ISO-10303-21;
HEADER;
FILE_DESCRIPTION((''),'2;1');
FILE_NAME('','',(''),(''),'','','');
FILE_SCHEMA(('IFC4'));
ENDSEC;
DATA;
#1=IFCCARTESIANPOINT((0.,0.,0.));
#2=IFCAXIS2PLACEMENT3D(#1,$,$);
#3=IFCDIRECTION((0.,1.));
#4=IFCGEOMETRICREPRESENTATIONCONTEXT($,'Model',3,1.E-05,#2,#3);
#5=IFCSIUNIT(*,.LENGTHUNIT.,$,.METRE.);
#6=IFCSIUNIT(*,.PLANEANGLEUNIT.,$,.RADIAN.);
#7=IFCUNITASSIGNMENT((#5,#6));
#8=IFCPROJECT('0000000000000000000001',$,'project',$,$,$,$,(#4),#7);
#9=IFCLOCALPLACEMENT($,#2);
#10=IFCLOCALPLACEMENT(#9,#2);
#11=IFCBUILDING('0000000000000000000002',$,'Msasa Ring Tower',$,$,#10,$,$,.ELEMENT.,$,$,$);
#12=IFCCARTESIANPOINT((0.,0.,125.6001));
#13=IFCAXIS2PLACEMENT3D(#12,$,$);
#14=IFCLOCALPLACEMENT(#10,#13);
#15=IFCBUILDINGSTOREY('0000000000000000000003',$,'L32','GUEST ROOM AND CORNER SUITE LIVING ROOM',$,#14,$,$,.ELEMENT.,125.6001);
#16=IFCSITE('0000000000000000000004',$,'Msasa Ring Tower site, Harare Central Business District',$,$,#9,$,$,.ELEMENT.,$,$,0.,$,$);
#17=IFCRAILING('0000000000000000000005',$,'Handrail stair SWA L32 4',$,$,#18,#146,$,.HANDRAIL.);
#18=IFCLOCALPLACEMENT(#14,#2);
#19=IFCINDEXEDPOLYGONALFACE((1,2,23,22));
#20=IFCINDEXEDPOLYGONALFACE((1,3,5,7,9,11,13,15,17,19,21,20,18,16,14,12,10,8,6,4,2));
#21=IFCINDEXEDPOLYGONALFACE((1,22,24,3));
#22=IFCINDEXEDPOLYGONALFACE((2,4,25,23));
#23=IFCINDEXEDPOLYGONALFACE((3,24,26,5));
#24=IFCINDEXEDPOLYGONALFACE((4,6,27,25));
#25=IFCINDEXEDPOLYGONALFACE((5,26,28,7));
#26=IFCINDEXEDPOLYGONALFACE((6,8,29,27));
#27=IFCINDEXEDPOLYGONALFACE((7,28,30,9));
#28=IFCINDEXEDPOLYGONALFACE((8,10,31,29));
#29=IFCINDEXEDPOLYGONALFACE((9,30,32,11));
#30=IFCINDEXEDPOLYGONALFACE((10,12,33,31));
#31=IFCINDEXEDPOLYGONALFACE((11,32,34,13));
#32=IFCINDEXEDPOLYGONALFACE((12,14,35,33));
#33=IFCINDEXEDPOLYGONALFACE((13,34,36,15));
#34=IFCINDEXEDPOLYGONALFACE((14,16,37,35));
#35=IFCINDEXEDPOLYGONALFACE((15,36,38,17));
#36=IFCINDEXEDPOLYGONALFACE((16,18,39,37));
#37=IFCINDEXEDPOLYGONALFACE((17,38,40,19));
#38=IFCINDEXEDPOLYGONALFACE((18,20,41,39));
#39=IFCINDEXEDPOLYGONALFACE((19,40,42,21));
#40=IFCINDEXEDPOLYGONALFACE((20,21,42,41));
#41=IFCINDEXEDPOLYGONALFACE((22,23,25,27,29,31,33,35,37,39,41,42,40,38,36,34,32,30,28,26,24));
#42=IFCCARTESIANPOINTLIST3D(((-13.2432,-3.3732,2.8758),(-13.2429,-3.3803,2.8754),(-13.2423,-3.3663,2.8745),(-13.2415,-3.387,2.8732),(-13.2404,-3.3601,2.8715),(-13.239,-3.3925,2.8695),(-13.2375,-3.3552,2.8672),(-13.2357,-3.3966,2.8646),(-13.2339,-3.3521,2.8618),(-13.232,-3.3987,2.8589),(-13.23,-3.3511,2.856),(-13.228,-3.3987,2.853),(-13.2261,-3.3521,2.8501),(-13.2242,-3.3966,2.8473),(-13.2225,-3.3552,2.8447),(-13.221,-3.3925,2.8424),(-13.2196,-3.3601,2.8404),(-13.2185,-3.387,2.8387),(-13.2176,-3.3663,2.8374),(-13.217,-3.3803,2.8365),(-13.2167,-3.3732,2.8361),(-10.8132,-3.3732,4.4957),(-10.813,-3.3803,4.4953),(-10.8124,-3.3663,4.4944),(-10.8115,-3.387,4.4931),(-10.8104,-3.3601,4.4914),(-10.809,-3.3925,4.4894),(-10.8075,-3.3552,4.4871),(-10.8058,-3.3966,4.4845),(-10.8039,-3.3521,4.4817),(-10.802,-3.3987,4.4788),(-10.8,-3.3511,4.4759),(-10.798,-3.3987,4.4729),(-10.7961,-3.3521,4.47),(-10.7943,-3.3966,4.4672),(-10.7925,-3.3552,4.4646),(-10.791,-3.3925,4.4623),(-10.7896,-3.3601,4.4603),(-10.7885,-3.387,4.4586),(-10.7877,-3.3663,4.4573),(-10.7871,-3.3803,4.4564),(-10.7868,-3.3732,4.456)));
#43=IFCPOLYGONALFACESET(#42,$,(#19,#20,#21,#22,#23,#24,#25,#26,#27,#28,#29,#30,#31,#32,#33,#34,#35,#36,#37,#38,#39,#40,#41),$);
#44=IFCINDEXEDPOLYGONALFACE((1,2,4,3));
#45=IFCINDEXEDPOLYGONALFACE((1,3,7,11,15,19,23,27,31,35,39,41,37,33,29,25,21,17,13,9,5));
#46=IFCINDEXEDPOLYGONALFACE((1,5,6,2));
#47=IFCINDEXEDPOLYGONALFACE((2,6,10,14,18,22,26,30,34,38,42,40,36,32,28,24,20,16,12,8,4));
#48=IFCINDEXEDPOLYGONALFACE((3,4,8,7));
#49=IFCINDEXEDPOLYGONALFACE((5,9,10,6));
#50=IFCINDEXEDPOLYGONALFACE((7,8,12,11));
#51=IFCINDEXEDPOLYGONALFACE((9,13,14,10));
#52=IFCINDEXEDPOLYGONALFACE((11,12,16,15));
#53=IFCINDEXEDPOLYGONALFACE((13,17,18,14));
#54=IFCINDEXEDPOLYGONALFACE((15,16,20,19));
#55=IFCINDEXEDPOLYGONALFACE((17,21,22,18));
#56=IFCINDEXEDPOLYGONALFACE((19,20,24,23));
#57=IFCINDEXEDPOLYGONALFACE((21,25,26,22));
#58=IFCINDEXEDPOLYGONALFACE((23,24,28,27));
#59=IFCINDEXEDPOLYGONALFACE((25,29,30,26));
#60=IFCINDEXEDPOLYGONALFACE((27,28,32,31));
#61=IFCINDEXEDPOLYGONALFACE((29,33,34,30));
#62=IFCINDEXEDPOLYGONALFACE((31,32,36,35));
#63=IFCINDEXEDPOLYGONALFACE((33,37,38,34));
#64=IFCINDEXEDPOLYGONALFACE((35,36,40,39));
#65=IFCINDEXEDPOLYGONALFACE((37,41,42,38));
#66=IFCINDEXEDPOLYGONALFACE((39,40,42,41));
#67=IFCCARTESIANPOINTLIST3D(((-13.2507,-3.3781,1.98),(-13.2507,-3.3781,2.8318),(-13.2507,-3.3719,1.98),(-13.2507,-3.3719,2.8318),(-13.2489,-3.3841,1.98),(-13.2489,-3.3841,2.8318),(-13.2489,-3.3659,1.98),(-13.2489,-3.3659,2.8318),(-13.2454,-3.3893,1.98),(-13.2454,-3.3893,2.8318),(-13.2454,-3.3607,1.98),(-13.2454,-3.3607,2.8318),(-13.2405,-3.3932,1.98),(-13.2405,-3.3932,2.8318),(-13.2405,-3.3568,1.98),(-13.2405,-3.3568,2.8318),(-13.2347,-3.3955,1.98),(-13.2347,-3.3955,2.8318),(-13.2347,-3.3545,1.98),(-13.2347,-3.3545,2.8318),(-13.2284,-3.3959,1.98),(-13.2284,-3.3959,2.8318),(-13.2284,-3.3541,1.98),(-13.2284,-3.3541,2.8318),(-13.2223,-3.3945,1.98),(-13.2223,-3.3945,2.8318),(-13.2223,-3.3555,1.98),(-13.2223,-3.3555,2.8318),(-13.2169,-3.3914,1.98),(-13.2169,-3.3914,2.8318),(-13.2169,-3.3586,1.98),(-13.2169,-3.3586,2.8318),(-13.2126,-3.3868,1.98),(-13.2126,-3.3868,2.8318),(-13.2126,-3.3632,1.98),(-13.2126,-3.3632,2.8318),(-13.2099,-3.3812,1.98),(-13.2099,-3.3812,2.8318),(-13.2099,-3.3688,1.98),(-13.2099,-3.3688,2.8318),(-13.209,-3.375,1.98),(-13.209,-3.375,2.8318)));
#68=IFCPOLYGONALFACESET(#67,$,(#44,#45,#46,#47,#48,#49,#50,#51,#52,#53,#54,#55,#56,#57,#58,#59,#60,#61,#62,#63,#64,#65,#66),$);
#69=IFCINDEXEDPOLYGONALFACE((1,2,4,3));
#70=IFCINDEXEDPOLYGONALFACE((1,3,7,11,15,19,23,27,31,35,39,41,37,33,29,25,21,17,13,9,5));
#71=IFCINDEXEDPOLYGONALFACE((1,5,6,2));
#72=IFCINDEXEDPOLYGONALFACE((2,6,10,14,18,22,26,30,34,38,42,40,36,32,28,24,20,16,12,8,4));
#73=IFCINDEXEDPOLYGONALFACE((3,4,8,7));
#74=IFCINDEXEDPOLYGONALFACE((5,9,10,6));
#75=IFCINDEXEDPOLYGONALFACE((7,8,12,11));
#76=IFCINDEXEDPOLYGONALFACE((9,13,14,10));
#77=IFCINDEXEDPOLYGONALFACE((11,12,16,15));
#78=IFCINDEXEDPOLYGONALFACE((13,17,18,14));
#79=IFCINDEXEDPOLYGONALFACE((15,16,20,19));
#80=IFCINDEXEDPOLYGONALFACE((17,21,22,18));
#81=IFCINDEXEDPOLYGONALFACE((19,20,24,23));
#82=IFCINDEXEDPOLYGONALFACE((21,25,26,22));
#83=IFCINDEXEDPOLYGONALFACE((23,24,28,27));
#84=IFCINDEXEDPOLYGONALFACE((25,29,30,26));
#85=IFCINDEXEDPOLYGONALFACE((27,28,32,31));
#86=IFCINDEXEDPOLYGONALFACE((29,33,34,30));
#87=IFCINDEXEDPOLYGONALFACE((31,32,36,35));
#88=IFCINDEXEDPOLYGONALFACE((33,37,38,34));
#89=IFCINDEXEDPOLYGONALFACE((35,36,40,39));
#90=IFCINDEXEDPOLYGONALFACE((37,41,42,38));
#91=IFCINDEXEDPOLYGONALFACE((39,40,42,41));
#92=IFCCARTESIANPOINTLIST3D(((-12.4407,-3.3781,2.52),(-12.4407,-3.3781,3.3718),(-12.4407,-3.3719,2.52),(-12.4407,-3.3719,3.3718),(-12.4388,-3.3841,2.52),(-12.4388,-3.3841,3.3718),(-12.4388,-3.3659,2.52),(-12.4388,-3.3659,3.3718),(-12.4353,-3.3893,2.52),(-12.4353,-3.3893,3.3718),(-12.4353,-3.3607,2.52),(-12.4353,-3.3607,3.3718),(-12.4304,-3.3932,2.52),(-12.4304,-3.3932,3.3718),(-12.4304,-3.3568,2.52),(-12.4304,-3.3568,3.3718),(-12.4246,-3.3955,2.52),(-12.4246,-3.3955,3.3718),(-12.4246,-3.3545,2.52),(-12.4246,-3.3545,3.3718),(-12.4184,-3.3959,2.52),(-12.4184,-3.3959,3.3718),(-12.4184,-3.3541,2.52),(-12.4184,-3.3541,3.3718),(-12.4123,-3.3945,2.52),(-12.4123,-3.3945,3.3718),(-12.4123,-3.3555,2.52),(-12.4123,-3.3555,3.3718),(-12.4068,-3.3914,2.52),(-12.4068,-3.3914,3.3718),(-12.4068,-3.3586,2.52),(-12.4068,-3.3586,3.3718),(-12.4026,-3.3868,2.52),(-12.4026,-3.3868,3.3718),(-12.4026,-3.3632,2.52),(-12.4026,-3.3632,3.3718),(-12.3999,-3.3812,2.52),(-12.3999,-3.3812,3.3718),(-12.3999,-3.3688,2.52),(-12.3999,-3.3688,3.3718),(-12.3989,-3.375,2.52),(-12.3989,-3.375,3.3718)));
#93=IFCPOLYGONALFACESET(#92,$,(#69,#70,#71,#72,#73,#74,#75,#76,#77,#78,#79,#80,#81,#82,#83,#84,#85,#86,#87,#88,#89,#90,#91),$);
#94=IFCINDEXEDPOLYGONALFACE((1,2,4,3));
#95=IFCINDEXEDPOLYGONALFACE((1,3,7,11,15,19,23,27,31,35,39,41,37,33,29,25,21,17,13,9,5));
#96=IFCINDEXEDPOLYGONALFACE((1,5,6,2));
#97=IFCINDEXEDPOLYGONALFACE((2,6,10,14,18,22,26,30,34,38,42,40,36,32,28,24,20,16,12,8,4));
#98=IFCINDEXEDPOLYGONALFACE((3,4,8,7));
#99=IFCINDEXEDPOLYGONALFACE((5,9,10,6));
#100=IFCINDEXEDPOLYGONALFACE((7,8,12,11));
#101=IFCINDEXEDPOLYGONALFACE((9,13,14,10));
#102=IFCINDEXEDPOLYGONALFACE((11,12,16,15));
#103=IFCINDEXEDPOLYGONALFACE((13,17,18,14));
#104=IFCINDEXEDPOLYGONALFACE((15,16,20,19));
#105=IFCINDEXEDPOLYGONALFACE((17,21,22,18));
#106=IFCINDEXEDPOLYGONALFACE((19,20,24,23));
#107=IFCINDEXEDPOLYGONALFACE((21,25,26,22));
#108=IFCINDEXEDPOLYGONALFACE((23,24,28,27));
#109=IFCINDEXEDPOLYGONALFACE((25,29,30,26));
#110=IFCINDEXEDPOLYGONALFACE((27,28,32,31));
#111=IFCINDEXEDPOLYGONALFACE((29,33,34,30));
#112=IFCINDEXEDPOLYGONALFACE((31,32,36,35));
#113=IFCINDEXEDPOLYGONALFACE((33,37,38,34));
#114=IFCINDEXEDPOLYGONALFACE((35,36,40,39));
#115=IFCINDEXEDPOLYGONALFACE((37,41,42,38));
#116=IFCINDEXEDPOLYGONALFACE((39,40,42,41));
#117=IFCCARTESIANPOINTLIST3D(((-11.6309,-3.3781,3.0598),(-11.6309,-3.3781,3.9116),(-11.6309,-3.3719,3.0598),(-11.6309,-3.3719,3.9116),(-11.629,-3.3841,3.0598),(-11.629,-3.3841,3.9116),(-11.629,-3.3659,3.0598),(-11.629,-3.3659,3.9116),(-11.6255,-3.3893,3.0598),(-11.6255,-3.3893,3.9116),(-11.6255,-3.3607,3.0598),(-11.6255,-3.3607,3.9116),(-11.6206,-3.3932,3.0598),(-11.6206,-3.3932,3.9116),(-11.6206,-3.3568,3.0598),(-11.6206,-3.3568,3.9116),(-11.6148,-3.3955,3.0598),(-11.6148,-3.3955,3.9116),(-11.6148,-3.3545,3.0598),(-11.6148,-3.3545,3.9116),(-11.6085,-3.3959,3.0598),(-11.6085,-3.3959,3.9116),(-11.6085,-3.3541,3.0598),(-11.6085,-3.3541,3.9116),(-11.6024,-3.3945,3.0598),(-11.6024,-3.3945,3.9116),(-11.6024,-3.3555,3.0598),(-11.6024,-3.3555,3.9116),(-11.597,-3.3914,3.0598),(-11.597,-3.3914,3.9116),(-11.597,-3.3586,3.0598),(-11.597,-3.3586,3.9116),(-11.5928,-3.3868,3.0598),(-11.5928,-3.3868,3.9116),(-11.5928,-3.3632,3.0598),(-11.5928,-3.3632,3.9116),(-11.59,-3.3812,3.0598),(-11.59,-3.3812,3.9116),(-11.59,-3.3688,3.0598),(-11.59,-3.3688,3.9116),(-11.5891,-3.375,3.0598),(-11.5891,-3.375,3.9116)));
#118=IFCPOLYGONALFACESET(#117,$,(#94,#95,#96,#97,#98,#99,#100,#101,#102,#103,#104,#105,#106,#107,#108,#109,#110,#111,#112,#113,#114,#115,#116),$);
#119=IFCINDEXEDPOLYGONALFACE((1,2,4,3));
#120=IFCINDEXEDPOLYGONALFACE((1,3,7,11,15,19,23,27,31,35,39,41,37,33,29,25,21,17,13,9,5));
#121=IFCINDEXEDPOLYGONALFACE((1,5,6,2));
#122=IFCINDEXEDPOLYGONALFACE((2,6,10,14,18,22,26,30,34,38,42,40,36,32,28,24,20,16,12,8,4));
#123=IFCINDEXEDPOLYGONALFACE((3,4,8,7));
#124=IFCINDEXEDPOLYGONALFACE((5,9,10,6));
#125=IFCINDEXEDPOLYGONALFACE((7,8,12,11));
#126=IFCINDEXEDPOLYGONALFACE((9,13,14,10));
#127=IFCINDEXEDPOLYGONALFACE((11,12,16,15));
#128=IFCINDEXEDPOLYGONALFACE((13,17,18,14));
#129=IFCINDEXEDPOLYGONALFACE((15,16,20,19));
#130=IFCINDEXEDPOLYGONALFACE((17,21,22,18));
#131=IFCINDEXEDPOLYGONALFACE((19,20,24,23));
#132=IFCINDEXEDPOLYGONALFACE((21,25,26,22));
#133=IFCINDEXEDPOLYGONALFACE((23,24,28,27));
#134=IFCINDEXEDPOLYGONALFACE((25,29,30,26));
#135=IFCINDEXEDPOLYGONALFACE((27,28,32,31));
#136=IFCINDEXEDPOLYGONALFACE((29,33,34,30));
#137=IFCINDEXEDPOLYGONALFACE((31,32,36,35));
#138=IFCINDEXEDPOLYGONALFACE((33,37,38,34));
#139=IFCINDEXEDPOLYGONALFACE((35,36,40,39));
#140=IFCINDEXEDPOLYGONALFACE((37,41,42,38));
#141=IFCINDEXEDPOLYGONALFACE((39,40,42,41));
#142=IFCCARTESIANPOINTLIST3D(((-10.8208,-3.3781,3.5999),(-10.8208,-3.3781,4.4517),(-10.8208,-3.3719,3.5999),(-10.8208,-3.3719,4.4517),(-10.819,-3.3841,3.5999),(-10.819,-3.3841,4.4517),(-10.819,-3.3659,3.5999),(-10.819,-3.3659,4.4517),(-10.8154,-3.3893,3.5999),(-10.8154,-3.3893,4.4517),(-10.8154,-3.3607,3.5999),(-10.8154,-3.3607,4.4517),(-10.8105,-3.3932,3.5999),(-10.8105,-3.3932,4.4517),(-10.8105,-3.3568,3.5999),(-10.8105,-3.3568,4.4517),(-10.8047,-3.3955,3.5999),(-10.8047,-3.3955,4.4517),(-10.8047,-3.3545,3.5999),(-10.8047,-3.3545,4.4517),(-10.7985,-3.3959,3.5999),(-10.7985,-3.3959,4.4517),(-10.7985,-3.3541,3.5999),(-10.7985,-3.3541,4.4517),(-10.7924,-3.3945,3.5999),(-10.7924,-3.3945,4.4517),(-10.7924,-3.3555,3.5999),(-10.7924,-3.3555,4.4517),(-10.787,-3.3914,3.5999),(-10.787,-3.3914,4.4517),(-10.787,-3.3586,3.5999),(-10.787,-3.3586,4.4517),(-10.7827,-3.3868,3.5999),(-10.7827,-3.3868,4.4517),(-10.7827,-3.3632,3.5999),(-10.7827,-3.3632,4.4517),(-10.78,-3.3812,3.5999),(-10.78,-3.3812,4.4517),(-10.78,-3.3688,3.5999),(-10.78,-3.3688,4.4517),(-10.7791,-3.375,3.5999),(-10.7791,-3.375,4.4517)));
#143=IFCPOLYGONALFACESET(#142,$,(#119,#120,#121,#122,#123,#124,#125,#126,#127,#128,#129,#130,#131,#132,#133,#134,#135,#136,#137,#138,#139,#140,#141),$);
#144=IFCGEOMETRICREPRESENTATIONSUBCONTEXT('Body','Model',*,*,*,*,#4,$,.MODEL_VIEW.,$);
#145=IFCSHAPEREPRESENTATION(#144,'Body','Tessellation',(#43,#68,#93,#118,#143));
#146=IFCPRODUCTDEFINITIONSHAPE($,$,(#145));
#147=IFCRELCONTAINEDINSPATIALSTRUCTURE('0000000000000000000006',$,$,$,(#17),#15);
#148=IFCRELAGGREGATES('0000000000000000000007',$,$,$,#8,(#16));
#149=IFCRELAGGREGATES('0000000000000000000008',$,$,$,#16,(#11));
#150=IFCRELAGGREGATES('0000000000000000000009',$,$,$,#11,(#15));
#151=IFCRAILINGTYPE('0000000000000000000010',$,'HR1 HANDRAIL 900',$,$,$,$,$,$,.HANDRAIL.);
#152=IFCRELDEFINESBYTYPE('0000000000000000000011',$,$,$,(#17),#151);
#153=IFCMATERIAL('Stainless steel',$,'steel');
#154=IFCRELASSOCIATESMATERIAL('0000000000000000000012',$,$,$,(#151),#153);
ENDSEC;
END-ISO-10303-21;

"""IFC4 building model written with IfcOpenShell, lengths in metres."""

from ifc_helpers import new_model, si_unit, direction, frame, origin, origin_2d, place, context, subcontext, project, spatial, circle, extrude, material, type_object, element, save


model = new_model("IFC4")

# Units and contexts
model_context = context("Model", 3, precision=1e-05, world=origin(), true_north=direction((0.0, 1.0)))
body_context = subcontext(model_context, "Body", "Model", "MODEL_VIEW")
ifc_project = project(units=[si_unit("LENGTHUNIT", "METRE"), si_unit("PLANEANGLEUNIT", "RADIAN")], contexts=[model_context])

# Site, building, storey
site_placement = place(None, origin())
site = spatial("IfcSite", under=ifc_project, at=site_placement, Name="Msasa Ring Tower site, Harare Central Business District", CompositionType="ELEMENT", RefElevation=0.0)
building_placement = place(site_placement, origin())
building = spatial("IfcBuilding", under=site, at=building_placement, Name="Msasa Ring Tower", CompositionType="ELEMENT")
storey_placement = place(building_placement, frame((0.0, 0.0, 125.6001)))
storey = spatial("IfcBuildingStorey", under=building, at=storey_placement, Name="L32", Description="GUEST ROOM AND CORNER SUITE LIVING ROOM", CompositionType="ELEMENT", Elevation=125.6001)

# Railing
ifc_material_1 = material(Name="Stainless steel", Category="steel")
railing_type = type_object("IfcRailingType", Name="HR1 HANDRAIL 900", PredefinedType="HANDRAIL", material=ifc_material_1)
railing_placement = place(storey_placement, frame((-13.23, -3.375, 1.98)))
element("IfcRailing", 1, at=railing_placement, inside=storey, type_object=railing_type, Name="Handrail stair SWA L32 4", PredefinedType="HANDRAIL", context=body_context, shape_type="SweptSolid", body=[
    extrude(circle(Radius=0.0239, at=origin_2d()), frame((0.0, 0.0, 0.876), z_axis=(0.832063, 0.0, 0.554681), x_axis=(0.0, 1.0, 0.0)), (0.0, 0.0, 1.0), 2.9204),
    extrude(circle(Radius=0.021, at=origin_2d()), origin(), (0.0, 0.0, 1.0), 0.8518),
    extrude(circle(Radius=0.021, at=origin_2d()), frame((0.8101, 0.0, 0.54)), (0.0, 0.0, 1.0), 0.8518),
    extrude(circle(Radius=0.021, at=origin_2d()), frame((1.6199, 0.0, 1.0798)), (0.0, 0.0, 1.0), 0.8518),
    extrude(circle(Radius=0.021, at=origin_2d()), frame((2.4299, 0.0, 1.6199)), (0.0, 0.0, 1.0), 0.8518),
])

save(model, "model.ifc")
